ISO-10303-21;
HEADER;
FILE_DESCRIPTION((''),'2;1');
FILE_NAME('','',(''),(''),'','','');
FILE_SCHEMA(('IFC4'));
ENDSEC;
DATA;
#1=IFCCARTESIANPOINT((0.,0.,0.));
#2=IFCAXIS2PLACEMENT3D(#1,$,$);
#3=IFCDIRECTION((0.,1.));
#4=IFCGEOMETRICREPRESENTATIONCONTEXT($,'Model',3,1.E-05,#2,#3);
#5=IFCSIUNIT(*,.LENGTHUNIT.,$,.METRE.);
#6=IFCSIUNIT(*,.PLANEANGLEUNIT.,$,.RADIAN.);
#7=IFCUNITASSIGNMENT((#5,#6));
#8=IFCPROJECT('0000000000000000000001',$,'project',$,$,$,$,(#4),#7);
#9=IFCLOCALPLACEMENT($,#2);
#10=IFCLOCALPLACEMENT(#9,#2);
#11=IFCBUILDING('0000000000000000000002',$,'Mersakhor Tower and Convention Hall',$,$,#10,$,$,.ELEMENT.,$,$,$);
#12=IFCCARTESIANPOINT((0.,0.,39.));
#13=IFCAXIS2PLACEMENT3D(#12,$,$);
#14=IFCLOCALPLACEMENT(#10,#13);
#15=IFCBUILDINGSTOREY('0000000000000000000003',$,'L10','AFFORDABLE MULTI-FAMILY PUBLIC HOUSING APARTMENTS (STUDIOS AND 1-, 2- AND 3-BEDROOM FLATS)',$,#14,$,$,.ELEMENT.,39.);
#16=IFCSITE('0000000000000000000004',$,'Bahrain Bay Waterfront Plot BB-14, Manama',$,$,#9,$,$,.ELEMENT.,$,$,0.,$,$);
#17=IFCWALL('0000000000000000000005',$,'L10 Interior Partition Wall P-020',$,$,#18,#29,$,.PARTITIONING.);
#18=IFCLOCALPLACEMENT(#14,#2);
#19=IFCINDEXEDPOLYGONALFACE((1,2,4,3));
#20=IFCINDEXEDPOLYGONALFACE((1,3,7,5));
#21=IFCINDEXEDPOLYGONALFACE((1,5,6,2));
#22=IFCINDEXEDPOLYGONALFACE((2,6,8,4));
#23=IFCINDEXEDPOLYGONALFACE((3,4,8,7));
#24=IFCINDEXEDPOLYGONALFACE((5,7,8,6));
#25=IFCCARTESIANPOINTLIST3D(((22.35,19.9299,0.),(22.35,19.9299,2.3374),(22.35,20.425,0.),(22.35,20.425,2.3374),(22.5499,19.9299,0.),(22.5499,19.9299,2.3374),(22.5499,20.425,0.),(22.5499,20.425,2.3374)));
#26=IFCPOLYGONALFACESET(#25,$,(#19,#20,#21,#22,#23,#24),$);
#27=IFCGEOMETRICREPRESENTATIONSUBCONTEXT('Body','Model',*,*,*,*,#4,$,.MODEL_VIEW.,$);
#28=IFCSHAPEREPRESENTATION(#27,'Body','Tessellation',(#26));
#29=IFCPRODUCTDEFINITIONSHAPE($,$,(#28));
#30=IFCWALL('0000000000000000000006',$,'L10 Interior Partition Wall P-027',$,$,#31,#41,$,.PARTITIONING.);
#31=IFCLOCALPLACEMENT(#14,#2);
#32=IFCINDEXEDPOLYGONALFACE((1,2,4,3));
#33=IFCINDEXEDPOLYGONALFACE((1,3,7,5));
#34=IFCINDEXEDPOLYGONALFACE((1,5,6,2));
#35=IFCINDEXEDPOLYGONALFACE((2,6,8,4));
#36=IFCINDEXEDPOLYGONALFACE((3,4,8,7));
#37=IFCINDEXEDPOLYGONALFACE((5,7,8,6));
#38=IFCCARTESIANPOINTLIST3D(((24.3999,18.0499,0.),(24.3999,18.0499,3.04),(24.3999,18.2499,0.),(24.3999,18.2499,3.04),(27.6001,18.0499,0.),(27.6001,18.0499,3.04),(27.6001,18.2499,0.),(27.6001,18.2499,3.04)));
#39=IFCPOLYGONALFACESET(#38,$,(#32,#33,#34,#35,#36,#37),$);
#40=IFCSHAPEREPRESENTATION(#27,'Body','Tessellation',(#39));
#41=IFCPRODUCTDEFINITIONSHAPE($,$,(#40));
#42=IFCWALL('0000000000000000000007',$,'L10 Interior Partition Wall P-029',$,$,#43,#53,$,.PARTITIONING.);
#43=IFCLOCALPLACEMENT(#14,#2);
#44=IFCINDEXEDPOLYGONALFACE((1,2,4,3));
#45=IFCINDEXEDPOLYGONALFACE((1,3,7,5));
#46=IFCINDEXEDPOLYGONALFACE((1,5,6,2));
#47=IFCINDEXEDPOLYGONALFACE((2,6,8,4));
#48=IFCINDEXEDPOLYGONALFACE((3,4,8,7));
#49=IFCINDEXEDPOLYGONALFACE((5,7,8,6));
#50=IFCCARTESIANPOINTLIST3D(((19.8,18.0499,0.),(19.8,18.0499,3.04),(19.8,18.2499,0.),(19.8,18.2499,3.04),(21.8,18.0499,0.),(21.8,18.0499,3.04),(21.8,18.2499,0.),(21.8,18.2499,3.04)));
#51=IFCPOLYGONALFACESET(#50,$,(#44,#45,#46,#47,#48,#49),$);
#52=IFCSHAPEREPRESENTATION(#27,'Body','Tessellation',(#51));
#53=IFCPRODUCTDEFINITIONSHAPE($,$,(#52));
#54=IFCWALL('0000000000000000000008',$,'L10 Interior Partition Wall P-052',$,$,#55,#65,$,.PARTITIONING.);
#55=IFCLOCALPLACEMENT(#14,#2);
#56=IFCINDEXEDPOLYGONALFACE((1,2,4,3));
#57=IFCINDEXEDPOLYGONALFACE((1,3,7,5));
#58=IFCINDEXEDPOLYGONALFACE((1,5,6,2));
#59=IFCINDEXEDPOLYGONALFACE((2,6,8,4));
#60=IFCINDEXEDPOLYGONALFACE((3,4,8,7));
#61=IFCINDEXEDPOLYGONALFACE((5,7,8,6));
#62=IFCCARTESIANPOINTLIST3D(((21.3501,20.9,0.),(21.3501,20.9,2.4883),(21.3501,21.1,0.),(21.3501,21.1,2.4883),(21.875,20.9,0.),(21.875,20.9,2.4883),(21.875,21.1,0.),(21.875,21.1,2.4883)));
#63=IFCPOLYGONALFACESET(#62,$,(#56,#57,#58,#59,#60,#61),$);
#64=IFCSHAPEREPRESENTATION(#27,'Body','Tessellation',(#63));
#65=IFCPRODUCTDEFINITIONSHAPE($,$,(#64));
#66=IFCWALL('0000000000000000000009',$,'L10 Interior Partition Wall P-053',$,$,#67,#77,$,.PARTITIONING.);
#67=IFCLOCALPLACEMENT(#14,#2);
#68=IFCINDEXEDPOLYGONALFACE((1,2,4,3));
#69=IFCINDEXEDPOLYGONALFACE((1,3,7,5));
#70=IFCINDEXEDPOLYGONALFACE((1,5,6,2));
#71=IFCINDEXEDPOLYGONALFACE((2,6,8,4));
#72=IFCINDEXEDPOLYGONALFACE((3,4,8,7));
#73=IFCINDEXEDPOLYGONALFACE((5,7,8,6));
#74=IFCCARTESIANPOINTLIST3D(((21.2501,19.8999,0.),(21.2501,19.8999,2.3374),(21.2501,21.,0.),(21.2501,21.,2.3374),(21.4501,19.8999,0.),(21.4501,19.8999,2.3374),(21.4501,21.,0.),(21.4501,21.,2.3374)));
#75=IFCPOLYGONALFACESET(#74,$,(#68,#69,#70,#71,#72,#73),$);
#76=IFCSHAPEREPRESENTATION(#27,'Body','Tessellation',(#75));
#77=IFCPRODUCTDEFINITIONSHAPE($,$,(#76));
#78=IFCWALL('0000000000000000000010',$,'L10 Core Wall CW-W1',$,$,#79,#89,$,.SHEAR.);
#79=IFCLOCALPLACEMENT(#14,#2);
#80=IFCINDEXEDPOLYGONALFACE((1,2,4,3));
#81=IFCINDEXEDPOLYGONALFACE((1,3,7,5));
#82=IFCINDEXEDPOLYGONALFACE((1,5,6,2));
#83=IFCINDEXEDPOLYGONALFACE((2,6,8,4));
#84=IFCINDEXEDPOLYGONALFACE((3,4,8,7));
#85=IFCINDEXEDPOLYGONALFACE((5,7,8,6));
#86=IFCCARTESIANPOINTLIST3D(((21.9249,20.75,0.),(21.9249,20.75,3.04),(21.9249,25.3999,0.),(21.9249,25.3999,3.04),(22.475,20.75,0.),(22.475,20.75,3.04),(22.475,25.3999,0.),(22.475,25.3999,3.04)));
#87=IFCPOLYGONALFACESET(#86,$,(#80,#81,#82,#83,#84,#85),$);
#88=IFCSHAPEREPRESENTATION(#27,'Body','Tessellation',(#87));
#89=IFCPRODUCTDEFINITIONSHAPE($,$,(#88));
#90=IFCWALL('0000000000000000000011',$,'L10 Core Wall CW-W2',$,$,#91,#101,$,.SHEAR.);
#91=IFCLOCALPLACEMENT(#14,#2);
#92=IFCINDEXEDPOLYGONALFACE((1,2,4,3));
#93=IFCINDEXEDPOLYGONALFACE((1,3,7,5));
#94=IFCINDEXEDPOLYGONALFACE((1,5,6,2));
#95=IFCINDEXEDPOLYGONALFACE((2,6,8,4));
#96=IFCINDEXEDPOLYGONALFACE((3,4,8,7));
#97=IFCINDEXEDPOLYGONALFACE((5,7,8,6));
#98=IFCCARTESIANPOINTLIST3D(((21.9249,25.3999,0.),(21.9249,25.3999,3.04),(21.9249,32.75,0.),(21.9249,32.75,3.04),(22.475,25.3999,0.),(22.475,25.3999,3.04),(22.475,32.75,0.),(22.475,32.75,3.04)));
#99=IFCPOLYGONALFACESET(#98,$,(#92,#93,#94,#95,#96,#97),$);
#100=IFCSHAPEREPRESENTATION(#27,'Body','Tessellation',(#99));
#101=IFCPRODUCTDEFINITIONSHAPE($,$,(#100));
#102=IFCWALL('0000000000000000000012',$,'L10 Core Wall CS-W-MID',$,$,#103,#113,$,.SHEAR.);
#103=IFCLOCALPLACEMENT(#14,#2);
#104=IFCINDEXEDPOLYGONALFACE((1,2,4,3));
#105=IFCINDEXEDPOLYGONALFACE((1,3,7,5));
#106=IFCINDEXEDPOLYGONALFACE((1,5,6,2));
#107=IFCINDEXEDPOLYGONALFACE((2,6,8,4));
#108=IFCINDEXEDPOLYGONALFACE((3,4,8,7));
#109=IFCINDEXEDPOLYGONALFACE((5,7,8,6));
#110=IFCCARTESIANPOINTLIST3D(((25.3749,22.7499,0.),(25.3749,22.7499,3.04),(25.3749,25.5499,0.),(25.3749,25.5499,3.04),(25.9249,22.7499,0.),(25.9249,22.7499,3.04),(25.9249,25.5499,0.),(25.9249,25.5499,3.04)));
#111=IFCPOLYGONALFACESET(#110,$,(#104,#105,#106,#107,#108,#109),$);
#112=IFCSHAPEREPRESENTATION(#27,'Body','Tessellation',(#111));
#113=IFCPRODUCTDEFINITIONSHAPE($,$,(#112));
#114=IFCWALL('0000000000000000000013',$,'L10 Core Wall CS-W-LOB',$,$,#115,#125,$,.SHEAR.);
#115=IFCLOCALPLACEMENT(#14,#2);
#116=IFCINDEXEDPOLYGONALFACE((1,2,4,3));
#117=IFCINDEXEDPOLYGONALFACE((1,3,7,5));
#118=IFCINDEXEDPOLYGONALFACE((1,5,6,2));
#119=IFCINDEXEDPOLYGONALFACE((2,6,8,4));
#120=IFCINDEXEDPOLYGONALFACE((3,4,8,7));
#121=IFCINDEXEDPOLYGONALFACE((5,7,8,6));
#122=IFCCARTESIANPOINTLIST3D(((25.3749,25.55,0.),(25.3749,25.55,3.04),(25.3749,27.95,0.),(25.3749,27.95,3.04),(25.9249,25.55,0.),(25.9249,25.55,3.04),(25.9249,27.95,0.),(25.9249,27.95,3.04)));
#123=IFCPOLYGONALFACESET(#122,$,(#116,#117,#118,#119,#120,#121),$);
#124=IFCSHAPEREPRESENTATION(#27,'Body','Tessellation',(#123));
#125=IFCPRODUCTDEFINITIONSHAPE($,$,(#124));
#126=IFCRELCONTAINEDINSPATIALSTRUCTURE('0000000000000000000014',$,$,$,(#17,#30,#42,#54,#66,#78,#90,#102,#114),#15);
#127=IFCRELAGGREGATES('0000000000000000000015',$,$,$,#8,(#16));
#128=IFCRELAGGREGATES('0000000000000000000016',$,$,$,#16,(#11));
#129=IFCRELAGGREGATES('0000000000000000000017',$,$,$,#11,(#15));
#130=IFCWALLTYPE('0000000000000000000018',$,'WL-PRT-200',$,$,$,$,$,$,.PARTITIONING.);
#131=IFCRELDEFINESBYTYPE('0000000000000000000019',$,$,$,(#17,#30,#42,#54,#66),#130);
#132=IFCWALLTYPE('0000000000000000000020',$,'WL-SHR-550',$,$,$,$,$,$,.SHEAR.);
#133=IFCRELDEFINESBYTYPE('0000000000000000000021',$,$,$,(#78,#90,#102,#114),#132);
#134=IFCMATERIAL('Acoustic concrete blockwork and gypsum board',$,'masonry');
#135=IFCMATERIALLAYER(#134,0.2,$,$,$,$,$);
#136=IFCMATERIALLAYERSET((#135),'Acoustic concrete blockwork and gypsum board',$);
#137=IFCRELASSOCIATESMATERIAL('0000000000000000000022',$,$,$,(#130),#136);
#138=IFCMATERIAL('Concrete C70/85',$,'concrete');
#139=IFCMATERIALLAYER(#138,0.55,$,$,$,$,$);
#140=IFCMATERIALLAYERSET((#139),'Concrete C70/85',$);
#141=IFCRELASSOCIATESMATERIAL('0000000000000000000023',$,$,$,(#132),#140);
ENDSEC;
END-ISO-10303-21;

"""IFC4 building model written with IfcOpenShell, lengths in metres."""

from ifc_helpers import new_model, si_unit, direction, frame, frame_2d, origin, place, context, subcontext, project, spatial, rectangle, extrude, material, layer, layer_set, type_object, element, save


model = new_model("IFC4")

# Units and contexts
model_context = context("Model", 3, precision=1e-05, world=origin(), true_north=direction((0.0, 1.0)))
body_context = subcontext(model_context, "Body", "Model", "MODEL_VIEW")
ifc_project = project(units=[si_unit("LENGTHUNIT", "METRE"), si_unit("PLANEANGLEUNIT", "RADIAN")], contexts=[model_context])

# Site, building, storey
site_placement = place(None, origin())
site = spatial("IfcSite", under=ifc_project, at=site_placement, Name="Bahrain Bay Waterfront Plot BB-14, Manama", CompositionType="ELEMENT", RefElevation=0.0)
building_placement = place(site_placement, origin())
building = spatial("IfcBuilding", under=site, at=building_placement, Name="Mersakhor Tower and Convention Hall", CompositionType="ELEMENT")
storey_placement = place(building_placement, frame((0.0, 0.0, 39.0)))
storey = spatial("IfcBuildingStorey", under=building, at=storey_placement, Name="L10", Description="AFFORDABLE MULTI-FAMILY PUBLIC HOUSING APARTMENTS (STUDIOS AND 1-, 2- AND 3-BEDROOM FLATS)", CompositionType="ELEMENT", Elevation=39.0)

# Walls
ifc_material_1 = material(Name="Acoustic concrete blockwork and gypsum board", Category="masonry")
ifc_layer_1 = layer(ifc_material_1, 0.2)
ifc_layer_set_1 = layer_set([ifc_layer_1], Name="Acoustic concrete blockwork and gypsum board")
wall_type_1 = type_object("IfcWallType", Name="WL-PRT-200", PredefinedType="PARTITIONING", material=ifc_layer_set_1)
wall_1_placement = place(storey_placement, frame((22.45, 19.9299, 0.0), z_axis=(0.0, 0.0, 1.0), x_axis=(0.0, 1.0, 0.0)))
element("IfcWall", 1, at=wall_1_placement, inside=storey, type_object=wall_type_1, Name="L10 Interior Partition Wall P-020", PredefinedType="PARTITIONING", context=body_context, shape_type="SweptSolid", body=[
    extrude(rectangle(XDim=0.4951, YDim=0.2, at=frame_2d((0.2476, 0.0))), origin(), (0.0, 0.0, 1.0), 2.3374),
])
wall_2_placement = place(storey_placement, frame((27.6001, 18.1499, 0.0), z_axis=(0.0, 0.0, 1.0), x_axis=(-1.0, 0.0, 0.0)))
element("IfcWall", 2, at=wall_2_placement, inside=storey, type_object=wall_type_1, Name="L10 Interior Partition Wall P-027", PredefinedType="PARTITIONING", context=body_context, shape_type="SweptSolid", body=[
    extrude(rectangle(XDim=3.2002, YDim=0.2, at=frame_2d((1.6001, 0.0))), origin(), (0.0, 0.0, 1.0), 3.04),
])

# Walls
wall_3_placement = place(storey_placement, frame((21.8, 18.1499, 0.0), z_axis=(0.0, 0.0, 1.0), x_axis=(-1.0, 0.0, 0.0)))
element("IfcWall", 3, at=wall_3_placement, inside=storey, type_object=wall_type_1, Name="L10 Interior Partition Wall P-029", PredefinedType="PARTITIONING", context=body_context, shape_type="SweptSolid", body=[
    extrude(rectangle(XDim=2.0, YDim=0.2, at=frame_2d((1.0, 0.0))), origin(), (0.0, 0.0, 1.0), 3.04),
])
wall_4_placement = place(storey_placement, frame((21.875, 21.0, 0.0), z_axis=(0.0, 0.0, 1.0), x_axis=(-1.0, 0.0, 0.0)))
element("IfcWall", 4, at=wall_4_placement, inside=storey, type_object=wall_type_1, Name="L10 Interior Partition Wall P-052", PredefinedType="PARTITIONING", context=body_context, shape_type="SweptSolid", body=[
    extrude(rectangle(XDim=0.5249, YDim=0.2, at=frame_2d((0.2625, 0.0))), origin(), (0.0, 0.0, 1.0), 2.4883),
])
wall_5_placement = place(storey_placement, frame((21.3501, 21.0, 0.0), z_axis=(0.0, 0.0, 1.0), x_axis=(0.0, -1.0, 0.0)))
element("IfcWall", 5, at=wall_5_placement, inside=storey, type_object=wall_type_1, Name="L10 Interior Partition Wall P-053", PredefinedType="PARTITIONING", context=body_context, shape_type="SweptSolid", body=[
    extrude(rectangle(XDim=1.1001, YDim=0.2, at=frame_2d((0.55, 0.0))), origin(), (0.0, 0.0, 1.0), 2.3374),
])

# Walls
ifc_material_2 = material(Name="Concrete C70/85", Category="concrete")
ifc_layer_2 = layer(ifc_material_2, 0.55)
ifc_layer_set_2 = layer_set([ifc_layer_2], Name="Concrete C70/85")
wall_type_2 = type_object("IfcWallType", Name="WL-SHR-550", PredefinedType="SHEAR", material=ifc_layer_set_2)
wall_6_placement = place(storey_placement, frame((22.2, 20.75, 0.0), z_axis=(0.0, 0.0, 1.0), x_axis=(0.0, 1.0, 0.0)))
element("IfcWall", 6, at=wall_6_placement, inside=storey, type_object=wall_type_2, Name="L10 Core Wall CW-W1", PredefinedType="SHEAR", context=body_context, shape_type="SweptSolid", body=[
    extrude(rectangle(XDim=4.6499, YDim=0.55, at=frame_2d((2.325, 0.0))), origin(), (0.0, 0.0, 1.0), 3.04),
])
wall_7_placement = place(storey_placement, frame((22.2, 25.3999, 0.0), z_axis=(0.0, 0.0, 1.0), x_axis=(0.0, 1.0, 0.0)))
element("IfcWall", 7, at=wall_7_placement, inside=storey, type_object=wall_type_2, Name="L10 Core Wall CW-W2", PredefinedType="SHEAR", context=body_context, shape_type="SweptSolid", body=[
    extrude(rectangle(XDim=7.3501, YDim=0.55, at=frame_2d((3.675, 0.0))), origin(), (0.0, 0.0, 1.0), 3.04),
])

# Walls
wall_8_placement = place(storey_placement, frame((25.6499, 22.75, 0.0), z_axis=(0.0, 0.0, 1.0), x_axis=(0.0, 1.0, 0.0)))
element("IfcWall", 8, at=wall_8_placement, inside=storey, type_object=wall_type_2, Name="L10 Core Wall CS-W-MID", PredefinedType="SHEAR", context=body_context, shape_type="SweptSolid", body=[
    extrude(rectangle(XDim=2.8, YDim=0.55, at=frame_2d((1.3999, 0.0))), origin(), (0.0, 0.0, 1.0), 3.04),
])
wall_9_placement = place(storey_placement, frame((25.6499, 25.55, 0.0), z_axis=(0.0, 0.0, 1.0), x_axis=(0.0, 1.0, 0.0)))
element("IfcWall", 9, at=wall_9_placement, inside=storey, type_object=wall_type_2, Name="L10 Core Wall CS-W-LOB", PredefinedType="SHEAR", context=body_context, shape_type="SweptSolid", body=[
    extrude(rectangle(XDim=2.3999, YDim=0.55, at=frame_2d((1.2, 0.0))), origin(), (0.0, 0.0, 1.0), 3.04),
])

save(model, "model.ifc")
